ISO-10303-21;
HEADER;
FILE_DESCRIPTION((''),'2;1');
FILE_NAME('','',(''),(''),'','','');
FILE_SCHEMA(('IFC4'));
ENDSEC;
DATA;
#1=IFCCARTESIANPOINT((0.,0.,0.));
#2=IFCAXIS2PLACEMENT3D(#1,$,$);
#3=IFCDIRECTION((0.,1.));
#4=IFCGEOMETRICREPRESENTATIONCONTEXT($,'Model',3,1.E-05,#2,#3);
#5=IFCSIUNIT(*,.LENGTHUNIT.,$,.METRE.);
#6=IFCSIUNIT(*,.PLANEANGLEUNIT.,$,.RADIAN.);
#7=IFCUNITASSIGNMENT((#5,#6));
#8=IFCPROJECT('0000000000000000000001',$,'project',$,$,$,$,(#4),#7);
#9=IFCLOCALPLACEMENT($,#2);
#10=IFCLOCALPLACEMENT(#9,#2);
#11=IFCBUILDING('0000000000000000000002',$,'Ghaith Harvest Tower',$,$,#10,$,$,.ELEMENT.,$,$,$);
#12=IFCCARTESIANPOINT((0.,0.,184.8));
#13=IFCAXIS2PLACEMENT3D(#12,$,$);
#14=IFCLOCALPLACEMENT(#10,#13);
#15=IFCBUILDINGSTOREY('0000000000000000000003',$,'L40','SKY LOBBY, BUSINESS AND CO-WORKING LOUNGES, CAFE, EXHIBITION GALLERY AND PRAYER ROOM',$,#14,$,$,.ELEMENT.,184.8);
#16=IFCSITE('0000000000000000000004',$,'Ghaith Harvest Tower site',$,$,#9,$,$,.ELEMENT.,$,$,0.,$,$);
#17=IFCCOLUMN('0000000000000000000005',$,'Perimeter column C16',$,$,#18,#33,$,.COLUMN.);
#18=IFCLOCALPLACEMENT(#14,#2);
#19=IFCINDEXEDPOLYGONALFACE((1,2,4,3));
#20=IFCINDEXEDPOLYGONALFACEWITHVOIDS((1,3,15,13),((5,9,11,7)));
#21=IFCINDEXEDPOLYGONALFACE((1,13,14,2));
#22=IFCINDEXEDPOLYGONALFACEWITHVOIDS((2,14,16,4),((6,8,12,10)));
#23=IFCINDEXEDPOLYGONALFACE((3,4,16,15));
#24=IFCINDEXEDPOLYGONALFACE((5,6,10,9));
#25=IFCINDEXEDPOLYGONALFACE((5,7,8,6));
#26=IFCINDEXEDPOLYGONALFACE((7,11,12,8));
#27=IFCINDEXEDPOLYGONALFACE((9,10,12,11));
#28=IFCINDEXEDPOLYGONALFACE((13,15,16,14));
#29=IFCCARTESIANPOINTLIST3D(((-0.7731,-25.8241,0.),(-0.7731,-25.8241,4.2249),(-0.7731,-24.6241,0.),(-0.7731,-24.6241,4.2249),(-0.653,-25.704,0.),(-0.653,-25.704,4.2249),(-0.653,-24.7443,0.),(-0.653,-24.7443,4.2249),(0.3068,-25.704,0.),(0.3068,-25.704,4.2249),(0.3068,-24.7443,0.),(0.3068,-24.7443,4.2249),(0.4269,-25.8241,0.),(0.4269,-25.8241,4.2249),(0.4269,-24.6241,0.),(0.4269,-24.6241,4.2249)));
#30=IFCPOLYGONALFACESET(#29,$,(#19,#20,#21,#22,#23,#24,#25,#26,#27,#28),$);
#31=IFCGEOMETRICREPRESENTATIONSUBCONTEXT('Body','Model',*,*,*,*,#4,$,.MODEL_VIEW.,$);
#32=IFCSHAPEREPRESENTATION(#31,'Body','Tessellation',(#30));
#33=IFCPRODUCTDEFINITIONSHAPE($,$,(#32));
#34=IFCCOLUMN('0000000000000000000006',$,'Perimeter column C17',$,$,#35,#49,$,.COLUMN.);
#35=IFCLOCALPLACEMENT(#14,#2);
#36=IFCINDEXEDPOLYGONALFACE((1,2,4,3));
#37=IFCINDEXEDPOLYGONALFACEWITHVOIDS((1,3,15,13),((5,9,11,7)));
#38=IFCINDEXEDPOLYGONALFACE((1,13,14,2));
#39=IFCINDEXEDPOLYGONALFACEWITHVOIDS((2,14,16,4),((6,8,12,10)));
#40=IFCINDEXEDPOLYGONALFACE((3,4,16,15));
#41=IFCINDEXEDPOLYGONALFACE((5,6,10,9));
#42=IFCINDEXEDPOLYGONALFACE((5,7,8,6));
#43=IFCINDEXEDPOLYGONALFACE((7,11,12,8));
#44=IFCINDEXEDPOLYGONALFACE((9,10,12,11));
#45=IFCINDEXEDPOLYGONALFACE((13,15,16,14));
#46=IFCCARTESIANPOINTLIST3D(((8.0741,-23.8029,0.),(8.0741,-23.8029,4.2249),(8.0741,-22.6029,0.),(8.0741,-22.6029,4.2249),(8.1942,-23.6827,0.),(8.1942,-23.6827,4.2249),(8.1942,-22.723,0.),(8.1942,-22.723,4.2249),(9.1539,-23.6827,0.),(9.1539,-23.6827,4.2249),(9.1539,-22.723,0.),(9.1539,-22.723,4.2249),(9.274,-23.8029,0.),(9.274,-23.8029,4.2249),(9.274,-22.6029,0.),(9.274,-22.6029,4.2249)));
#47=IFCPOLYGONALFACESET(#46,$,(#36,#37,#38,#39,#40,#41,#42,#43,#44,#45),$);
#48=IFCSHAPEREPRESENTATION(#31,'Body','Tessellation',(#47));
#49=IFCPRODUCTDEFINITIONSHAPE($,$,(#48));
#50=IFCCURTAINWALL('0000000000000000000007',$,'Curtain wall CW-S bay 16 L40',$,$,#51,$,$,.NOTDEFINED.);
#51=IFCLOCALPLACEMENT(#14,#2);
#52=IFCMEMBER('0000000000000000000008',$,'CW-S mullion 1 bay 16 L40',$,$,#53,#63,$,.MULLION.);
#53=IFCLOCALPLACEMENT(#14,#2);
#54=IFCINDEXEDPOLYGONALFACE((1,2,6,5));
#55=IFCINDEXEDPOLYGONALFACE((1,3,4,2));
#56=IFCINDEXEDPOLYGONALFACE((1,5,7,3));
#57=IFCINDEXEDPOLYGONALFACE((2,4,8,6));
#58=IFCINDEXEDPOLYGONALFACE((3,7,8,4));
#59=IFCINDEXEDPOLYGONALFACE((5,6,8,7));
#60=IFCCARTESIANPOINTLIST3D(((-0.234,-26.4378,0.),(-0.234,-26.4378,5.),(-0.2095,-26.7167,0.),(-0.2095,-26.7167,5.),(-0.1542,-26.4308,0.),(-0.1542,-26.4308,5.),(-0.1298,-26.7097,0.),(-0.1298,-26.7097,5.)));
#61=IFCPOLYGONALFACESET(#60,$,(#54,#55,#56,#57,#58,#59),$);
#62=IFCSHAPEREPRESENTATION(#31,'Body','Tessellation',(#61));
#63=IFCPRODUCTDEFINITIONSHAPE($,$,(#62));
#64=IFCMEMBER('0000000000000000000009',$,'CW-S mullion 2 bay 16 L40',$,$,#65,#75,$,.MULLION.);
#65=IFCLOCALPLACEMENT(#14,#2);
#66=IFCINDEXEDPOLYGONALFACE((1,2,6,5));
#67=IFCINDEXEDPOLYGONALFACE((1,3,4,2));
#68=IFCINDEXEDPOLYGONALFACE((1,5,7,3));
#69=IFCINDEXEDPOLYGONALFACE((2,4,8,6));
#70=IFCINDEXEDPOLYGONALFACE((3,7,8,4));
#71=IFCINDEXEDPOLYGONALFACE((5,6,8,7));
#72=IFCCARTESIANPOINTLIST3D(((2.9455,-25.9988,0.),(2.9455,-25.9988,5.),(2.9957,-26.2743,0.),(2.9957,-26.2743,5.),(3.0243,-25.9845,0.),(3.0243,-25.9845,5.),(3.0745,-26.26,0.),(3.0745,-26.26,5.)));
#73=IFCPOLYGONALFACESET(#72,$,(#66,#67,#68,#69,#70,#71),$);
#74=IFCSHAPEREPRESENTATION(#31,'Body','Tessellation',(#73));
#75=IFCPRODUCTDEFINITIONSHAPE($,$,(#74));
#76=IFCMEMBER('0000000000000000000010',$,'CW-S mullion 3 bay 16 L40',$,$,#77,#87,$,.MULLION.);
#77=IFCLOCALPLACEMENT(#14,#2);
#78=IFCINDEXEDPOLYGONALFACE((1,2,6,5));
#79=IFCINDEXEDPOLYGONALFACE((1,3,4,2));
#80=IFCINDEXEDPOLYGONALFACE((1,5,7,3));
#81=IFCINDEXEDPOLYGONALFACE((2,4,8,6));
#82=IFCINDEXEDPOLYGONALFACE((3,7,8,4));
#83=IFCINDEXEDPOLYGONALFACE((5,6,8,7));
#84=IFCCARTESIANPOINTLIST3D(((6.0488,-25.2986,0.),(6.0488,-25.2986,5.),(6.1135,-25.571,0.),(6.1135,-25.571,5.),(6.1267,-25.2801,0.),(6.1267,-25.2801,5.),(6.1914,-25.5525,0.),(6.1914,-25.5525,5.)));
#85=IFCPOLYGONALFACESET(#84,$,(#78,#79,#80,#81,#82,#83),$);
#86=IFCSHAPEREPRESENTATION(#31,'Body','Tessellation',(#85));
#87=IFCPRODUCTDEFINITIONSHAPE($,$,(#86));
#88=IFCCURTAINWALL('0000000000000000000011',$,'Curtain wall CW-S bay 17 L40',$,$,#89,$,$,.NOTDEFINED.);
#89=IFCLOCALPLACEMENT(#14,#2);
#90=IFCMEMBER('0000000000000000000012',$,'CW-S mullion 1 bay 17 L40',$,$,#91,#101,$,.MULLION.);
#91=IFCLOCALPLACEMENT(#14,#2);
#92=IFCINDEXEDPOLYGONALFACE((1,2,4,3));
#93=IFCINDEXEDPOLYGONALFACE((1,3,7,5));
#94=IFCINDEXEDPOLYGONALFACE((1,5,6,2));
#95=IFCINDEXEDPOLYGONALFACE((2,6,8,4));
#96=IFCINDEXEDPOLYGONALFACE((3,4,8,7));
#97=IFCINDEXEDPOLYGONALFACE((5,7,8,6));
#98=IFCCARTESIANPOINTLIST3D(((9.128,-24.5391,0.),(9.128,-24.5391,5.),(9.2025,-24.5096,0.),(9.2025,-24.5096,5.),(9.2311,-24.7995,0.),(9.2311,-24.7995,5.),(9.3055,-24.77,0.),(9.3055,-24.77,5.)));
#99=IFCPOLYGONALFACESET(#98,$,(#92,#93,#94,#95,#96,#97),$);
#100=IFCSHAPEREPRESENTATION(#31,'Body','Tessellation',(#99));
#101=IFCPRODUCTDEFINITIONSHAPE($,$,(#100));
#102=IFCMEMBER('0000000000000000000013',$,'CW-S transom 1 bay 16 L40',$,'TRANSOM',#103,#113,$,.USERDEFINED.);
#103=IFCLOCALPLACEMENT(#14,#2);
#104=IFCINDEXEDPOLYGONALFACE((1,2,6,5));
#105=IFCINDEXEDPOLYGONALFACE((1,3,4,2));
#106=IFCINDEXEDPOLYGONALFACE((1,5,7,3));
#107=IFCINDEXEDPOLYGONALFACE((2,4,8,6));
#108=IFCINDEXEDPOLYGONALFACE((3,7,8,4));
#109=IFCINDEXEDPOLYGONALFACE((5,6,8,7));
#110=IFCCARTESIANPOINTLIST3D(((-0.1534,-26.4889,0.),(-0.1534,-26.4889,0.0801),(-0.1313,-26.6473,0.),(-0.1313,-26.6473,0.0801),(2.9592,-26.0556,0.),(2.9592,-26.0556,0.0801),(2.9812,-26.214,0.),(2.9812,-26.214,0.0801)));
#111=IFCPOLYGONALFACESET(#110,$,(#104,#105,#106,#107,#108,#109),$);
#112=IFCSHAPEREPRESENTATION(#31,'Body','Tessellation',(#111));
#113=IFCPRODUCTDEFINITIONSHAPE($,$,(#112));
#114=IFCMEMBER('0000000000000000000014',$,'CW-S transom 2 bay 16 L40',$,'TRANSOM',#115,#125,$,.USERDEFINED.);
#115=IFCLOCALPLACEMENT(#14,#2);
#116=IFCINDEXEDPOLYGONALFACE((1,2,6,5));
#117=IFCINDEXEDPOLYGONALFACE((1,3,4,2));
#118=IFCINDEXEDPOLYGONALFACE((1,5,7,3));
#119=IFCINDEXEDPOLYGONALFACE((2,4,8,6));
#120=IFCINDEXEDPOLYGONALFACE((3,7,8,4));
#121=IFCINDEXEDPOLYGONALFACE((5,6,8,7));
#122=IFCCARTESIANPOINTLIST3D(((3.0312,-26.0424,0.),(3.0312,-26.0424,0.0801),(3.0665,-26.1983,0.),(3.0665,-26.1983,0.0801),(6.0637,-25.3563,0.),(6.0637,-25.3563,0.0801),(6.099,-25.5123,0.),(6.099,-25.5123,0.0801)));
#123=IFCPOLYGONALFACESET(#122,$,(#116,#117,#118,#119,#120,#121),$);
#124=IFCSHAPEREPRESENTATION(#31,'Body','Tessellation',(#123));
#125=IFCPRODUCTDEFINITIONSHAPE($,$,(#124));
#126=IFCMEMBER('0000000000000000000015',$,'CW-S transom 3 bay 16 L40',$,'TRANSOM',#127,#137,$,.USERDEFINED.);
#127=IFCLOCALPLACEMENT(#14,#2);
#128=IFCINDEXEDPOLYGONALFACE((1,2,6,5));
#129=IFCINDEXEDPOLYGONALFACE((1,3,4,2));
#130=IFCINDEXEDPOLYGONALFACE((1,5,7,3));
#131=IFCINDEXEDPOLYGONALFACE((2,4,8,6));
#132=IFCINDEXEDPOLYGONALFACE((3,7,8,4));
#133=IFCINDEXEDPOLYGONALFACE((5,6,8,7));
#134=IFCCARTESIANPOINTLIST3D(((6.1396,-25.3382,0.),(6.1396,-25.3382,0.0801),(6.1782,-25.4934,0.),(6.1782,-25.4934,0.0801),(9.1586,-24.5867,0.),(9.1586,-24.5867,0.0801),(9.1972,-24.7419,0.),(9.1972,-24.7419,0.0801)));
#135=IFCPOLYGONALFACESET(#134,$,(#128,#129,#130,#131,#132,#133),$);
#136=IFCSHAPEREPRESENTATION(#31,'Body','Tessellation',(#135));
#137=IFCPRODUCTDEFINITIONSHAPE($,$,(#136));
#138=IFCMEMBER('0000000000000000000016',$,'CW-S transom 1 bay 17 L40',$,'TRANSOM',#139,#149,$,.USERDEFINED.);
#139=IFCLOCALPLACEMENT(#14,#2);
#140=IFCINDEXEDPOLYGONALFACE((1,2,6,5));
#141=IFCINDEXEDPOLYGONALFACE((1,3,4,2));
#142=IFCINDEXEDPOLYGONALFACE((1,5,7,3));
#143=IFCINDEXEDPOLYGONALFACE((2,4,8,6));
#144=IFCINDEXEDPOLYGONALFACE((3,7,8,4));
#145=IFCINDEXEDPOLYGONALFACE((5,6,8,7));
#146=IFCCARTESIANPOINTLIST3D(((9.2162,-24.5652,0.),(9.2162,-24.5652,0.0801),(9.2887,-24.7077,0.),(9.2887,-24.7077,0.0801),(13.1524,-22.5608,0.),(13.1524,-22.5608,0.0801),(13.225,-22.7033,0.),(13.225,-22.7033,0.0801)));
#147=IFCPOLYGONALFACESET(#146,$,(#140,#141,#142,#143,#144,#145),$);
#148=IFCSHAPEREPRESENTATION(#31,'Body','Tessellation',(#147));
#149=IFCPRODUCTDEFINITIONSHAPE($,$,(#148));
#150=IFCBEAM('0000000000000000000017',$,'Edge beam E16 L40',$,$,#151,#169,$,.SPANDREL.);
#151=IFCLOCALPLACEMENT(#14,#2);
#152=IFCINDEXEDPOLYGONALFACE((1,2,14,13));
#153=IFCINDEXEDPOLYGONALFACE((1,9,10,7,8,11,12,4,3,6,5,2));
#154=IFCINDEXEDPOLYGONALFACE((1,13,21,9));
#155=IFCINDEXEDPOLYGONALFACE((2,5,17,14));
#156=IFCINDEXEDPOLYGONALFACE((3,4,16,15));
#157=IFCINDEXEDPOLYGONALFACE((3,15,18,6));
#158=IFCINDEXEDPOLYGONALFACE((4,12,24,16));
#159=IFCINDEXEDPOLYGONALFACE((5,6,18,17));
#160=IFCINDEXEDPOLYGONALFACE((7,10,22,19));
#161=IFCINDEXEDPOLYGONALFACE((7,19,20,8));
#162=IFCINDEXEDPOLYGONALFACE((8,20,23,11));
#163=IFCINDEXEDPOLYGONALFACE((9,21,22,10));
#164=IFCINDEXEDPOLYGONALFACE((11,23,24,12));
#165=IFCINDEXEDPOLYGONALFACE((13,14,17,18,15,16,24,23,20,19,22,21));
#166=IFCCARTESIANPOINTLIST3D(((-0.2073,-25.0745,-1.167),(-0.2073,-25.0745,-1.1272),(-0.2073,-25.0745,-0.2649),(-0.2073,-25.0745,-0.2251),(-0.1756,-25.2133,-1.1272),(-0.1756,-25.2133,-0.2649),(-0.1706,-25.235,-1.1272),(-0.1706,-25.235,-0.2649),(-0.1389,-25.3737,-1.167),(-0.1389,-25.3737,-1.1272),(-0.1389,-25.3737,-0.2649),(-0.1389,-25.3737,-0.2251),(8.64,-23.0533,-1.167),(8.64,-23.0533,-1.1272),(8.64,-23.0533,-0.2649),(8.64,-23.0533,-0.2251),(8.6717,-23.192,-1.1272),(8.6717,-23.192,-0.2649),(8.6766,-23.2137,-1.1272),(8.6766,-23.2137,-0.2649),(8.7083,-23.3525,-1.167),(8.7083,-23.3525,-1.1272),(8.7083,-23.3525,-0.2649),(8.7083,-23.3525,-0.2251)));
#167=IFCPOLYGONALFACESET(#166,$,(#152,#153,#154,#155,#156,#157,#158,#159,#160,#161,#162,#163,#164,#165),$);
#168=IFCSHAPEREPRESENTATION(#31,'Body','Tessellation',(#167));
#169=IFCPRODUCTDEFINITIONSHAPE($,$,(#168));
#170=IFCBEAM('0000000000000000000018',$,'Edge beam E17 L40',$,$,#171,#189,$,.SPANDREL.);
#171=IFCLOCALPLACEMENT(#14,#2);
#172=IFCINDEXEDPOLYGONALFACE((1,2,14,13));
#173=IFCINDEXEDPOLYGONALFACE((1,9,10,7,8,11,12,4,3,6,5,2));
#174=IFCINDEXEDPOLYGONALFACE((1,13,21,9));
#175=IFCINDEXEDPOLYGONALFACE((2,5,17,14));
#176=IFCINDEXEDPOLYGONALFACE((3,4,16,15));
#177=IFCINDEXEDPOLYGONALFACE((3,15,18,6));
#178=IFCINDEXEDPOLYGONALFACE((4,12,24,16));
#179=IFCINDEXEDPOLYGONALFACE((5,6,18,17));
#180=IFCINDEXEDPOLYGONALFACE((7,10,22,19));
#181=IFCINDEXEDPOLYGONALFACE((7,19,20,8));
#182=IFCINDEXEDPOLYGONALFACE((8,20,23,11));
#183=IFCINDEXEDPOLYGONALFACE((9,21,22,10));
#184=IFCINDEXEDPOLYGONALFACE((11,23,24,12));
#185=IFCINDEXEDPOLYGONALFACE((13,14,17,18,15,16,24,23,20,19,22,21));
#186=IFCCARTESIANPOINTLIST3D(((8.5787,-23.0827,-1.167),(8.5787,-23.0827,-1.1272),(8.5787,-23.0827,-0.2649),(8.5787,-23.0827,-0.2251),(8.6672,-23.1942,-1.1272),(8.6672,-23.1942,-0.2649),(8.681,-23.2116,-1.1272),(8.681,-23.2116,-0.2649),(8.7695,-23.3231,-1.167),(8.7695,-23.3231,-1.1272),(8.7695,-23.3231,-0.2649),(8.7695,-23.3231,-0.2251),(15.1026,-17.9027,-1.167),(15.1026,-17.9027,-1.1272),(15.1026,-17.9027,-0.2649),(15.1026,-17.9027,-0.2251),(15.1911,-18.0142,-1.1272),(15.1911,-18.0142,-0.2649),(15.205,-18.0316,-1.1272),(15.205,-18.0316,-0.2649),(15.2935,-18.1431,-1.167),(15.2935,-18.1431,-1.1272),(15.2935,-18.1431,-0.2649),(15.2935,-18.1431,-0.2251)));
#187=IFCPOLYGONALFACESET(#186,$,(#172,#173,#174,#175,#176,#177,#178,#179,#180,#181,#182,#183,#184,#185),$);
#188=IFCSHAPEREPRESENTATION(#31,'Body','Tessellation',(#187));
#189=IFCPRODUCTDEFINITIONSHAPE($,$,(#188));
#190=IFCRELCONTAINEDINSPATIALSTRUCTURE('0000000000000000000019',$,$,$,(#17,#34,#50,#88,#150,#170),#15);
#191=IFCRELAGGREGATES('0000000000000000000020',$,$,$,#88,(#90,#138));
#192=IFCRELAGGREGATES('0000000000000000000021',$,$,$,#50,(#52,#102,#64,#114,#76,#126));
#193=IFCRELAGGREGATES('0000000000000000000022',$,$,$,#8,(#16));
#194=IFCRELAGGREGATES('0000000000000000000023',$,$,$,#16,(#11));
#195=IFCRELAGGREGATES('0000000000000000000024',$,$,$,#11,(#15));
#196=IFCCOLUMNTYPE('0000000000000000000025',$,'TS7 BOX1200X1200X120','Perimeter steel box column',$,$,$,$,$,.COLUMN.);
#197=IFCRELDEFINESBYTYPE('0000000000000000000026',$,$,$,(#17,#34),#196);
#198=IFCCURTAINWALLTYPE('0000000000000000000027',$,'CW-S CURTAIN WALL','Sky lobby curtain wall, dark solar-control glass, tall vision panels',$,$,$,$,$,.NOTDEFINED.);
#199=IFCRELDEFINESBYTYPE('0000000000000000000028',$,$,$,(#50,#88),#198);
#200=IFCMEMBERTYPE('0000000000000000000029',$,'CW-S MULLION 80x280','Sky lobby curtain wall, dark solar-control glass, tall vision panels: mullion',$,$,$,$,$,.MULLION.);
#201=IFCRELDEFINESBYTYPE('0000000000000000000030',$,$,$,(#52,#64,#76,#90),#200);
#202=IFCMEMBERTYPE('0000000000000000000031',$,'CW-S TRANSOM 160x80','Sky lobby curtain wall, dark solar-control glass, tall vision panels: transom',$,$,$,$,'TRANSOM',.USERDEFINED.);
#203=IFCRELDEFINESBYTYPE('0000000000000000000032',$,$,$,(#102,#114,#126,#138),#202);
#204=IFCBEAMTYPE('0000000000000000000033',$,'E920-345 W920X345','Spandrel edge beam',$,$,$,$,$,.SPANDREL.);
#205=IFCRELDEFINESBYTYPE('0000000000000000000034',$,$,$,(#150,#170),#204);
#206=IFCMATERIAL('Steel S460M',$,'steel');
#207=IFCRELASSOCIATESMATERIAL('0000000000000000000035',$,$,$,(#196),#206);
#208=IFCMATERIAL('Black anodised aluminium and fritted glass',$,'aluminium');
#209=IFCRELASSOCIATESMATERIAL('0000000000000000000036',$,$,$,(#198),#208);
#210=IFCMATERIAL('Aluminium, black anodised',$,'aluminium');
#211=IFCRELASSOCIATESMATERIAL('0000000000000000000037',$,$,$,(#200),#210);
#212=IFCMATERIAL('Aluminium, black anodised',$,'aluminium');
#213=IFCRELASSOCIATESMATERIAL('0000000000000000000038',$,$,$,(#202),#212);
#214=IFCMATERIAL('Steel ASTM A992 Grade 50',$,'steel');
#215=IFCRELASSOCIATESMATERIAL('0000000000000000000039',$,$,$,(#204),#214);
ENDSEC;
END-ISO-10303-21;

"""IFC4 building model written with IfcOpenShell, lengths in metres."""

from ifc_helpers import new_model, si_unit, direction, frame, origin, origin_2d, place, context, subcontext, project, spatial, rectangle, hollow_rectangle, i_section, extrude, material, material_profile, profile_set, type_object, element, aggregate, save


model = new_model("IFC4")

# Units and contexts
model_context = context("Model", 3, precision=1e-05, world=origin(), true_north=direction((0.0, 1.0)))
body_context = subcontext(model_context, "Body", "Model", "MODEL_VIEW")
ifc_project = project(units=[si_unit("LENGTHUNIT", "METRE"), si_unit("PLANEANGLEUNIT", "RADIAN")], contexts=[model_context])

# Site, building, storey
site_placement = place(None, origin())
site = spatial("IfcSite", under=ifc_project, at=site_placement, Name="Ghaith Harvest Tower site", CompositionType="ELEMENT", RefElevation=0.0)
building_placement = place(site_placement, origin())
building = spatial("IfcBuilding", under=site, at=building_placement, Name="Ghaith Harvest Tower", CompositionType="ELEMENT")
storey_placement = place(building_placement, frame((0.0, 0.0, 184.8)))
storey = spatial("IfcBuildingStorey", under=building, at=storey_placement, Name="L40", Description="SKY LOBBY, BUSINESS AND CO-WORKING LOUNGES, CAFE, EXHIBITION GALLERY AND PRAYER ROOM", CompositionType="ELEMENT", Elevation=184.8)

# Columns
ifc_material_1 = material(Name="Steel S460M", Category="steel")
ifc_material_profile_1 = material_profile(ifc_material_1, hollow_rectangle(XDim=1.2, YDim=1.2, WallThickness=0.1201, at=origin_2d()), Name="BOX1200X1200X120")
ifc_profile_set_1 = profile_set([ifc_material_profile_1], Name="Steel S460M")
column_type = type_object("IfcColumnType", Name="TS7 BOX1200X1200X120", Description="Perimeter steel box column", PredefinedType="COLUMN", material=ifc_profile_set_1)
for number, where, z_axis, x_axis, name in (
    (1, (-0.1731, -25.2241, 0.0), (0.0, 0.0, 1.0), (1.0, 0.0, 0.0), "Perimeter column C16"),
    (2, (8.6741, -23.2029, 0.0), (0.0, 0.0, 1.0), (1.0, 0.0, 0.0), "Perimeter column C17"),
):
    element("IfcColumn", number, at=place(storey_placement, frame(where, z_axis=z_axis, x_axis=x_axis)), inside=storey, type_object=column_type, Name=name, PredefinedType="COLUMN", context=body_context, shape_type="SweptSolid", body=[
        extrude(hollow_rectangle(XDim=1.2, YDim=1.2, WallThickness=0.1201, at=origin_2d()), origin(), (0.0, 0.0, 1.0), 4.2249),
    ])

# Curtain wall, members
ifc_material_2 = material(Name="Black anodised aluminium and fritted glass", Category="aluminium")
curtain_wall_type = type_object("IfcCurtainWallType", Name="CW-S CURTAIN WALL", Description="Sky lobby curtain wall, dark solar-control glass, tall vision panels", PredefinedType="NOTDEFINED", material=ifc_material_2)
curtain_wall_1_placement = place(storey_placement, origin())
curtain_wall_1 = element("IfcCurtainWall", 3, at=curtain_wall_1_placement, inside=storey, type_object=curtain_wall_type, Name="Curtain wall CW-S bay 16 L40", PredefinedType="NOTDEFINED")
ifc_material_3 = material(Name="Aluminium, black anodised", Category="aluminium")
ifc_material_profile_2 = material_profile(ifc_material_3, rectangle(XDim=0.0801, YDim=0.28, at=origin_2d()), Name="CW-S MULLION 80x280")
ifc_profile_set_2 = profile_set([ifc_material_profile_2], Name="Aluminium, black anodised")
member_type_1 = type_object("IfcMemberType", Name="CW-S MULLION 80x280", Description="Sky lobby curtain wall, dark solar-control glass, tall vision panels: mullion", PredefinedType="MULLION", material=ifc_profile_set_2)
member_1_placement = place(storey_placement, frame((-0.1819, -26.5737, 0.0), z_axis=(0.0, 0.0, 1.0), x_axis=(0.996169, 0.087446, 0.0)))
member_1 = element("IfcMember", 4, at=member_1_placement, type_object=member_type_1, Name="CW-S mullion 1 bay 16 L40", PredefinedType="MULLION", context=body_context, shape_type="SweptSolid", body=[
    extrude(rectangle(XDim=0.0801, YDim=0.28, at=origin_2d()), origin(), (0.0, 0.0, 1.0), 5.0),
])
member_2_placement = place(storey_placement, frame((3.01, -26.1294, 0.0), z_axis=(0.0, 0.0, 1.0), x_axis=(0.983806, 0.179235, 0.0)))
member_2 = element("IfcMember", 5, at=member_2_placement, type_object=member_type_1, Name="CW-S mullion 2 bay 16 L40", PredefinedType="MULLION", context=body_context, shape_type="SweptSolid", body=[
    extrude(rectangle(XDim=0.0801, YDim=0.28, at=origin_2d()), origin(), (0.0, 0.0, 1.0), 5.0),
])
member_3_placement = place(storey_placement, frame((6.1201, -25.4255, 0.0), z_axis=(0.0, 0.0, 1.0), x_axis=(0.972918, 0.23115, 0.0)))
member_3 = element("IfcMember", 6, at=member_3_placement, type_object=member_type_1, Name="CW-S mullion 3 bay 16 L40", PredefinedType="MULLION", context=body_context, shape_type="SweptSolid", body=[
    extrude(rectangle(XDim=0.0801, YDim=0.28, at=origin_2d()), origin(), (0.0, 0.0, 1.0), 5.0),
])

# Curtain wall, member
curtain_wall_2_placement = place(storey_placement, origin())
curtain_wall_2 = element("IfcCurtainWall", 7, at=curtain_wall_2_placement, inside=storey, type_object=curtain_wall_type, Name="Curtain wall CW-S bay 17 L40", PredefinedType="NOTDEFINED")
member_4_placement = place(storey_placement, frame((9.2168, -24.6545, 0.0), z_axis=(0.0, 0.0, 1.0), x_axis=(0.929832, 0.367985, 0.0)))
member_4 = element("IfcMember", 8, at=member_4_placement, type_object=member_type_1, Name="CW-S mullion 1 bay 17 L40", PredefinedType="MULLION", context=body_context, shape_type="SweptSolid", body=[
    extrude(rectangle(XDim=0.0801, YDim=0.28, at=origin_2d()), origin(), (0.0, 0.0, 1.0), 5.0),
])

# Members
ifc_material_4 = material(Name="Aluminium, black anodised", Category="aluminium")
ifc_material_profile_3 = material_profile(ifc_material_4, rectangle(XDim=0.1599, YDim=0.0801, at=origin_2d()), Name="CW-S TRANSOM 160x80")
ifc_profile_set_3 = profile_set([ifc_material_profile_3], Name="Aluminium, black anodised")
member_type_2 = type_object("IfcMemberType", Name="CW-S TRANSOM 160x80", Description="Sky lobby curtain wall, dark solar-control glass, tall vision panels: transom", ElementType="TRANSOM", PredefinedType="USERDEFINED", material=ifc_profile_set_3)
member_5_placement = place(storey_placement, frame((-0.1423, -26.5681, 0.04), z_axis=(0.990447, 0.137897, 0.0), x_axis=(-0.137897, 0.990447, 0.0)))
member_5 = element("IfcMember", 9, at=member_5_placement, type_object=member_type_2, Name="CW-S transom 1 bay 16 L40", ObjectType="TRANSOM", PredefinedType="USERDEFINED", context=body_context, shape_type="SweptSolid", body=[
    extrude(rectangle(XDim=0.1599, YDim=0.0801, at=origin_2d()), origin(), (0.0, 0.0, 1.0), 3.1426),
])
member_6_placement = place(storey_placement, frame((3.0488, -26.1204, 0.04), z_axis=(0.975352, 0.220654, 0.0), x_axis=(-0.220654, 0.975352, 0.0)))
member_6 = element("IfcMember", 10, at=member_6_placement, type_object=member_type_2, Name="CW-S transom 2 bay 16 L40", ObjectType="TRANSOM", PredefinedType="USERDEFINED", context=body_context, shape_type="SweptSolid", body=[
    extrude(rectangle(XDim=0.1599, YDim=0.0801, at=origin_2d()), origin(), (0.0, 0.0, 1.0), 3.1091),
])
member_7_placement = place(storey_placement, frame((6.1589, -25.4158, 0.04), z_axis=(0.970391, 0.241538, 0.0), x_axis=(-0.241538, 0.970391, 0.0)))
member_7 = element("IfcMember", 11, at=member_7_placement, type_object=member_type_2, Name="CW-S transom 3 bay 16 L40", ObjectType="TRANSOM", PredefinedType="USERDEFINED", context=body_context, shape_type="SweptSolid", body=[
    extrude(rectangle(XDim=0.1599, YDim=0.0801, at=origin_2d()), origin(), (0.0, 0.0, 1.0), 3.1111),
])
member_8_placement = place(storey_placement, frame((9.2524, -24.6365, 0.04), z_axis=(0.89112, 0.453768, 0.0), x_axis=(-0.453768, 0.89112, 0.0)))
member_8 = element("IfcMember", 12, at=member_8_placement, type_object=member_type_2, Name="CW-S transom 1 bay 17 L40", ObjectType="TRANSOM", PredefinedType="USERDEFINED", context=body_context, shape_type="SweptSolid", body=[
    extrude(rectangle(XDim=0.1599, YDim=0.0801, at=origin_2d()), origin(), (0.0, 0.0, 1.0), 4.4172),
])
aggregate(curtain_wall_2, [member_4, member_8])

# Beams
ifc_material_5 = material(Name="Steel ASTM A992 Grade 50", Category="steel")
ifc_material_profile_4 = material_profile(ifc_material_5, i_section(OverallWidth=0.3069, OverallDepth=0.9419, WebThickness=0.0222, FlangeThickness=0.0398, at=origin_2d()), Name="W920X345")
ifc_profile_set_4 = profile_set([ifc_material_profile_4], Name="Steel ASTM A992 Grade 50")
beam_type_1 = type_object("IfcBeamType", Name="E920-345 W920X345", Description="Spandrel edge beam", PredefinedType="SPANDREL", material=ifc_profile_set_4)
beam_1_placement = place(storey_placement, frame((-0.1731, -25.2241, -0.696), z_axis=(0.974882, 0.222723, 0.0), x_axis=(-0.222723, 0.974882, 0.0)))
element("IfcBeam", 13, at=beam_1_placement, inside=storey, type_object=beam_type_1, Name="Edge beam E16 L40", PredefinedType="SPANDREL", context=body_context, shape_type="SweptSolid", body=[
    extrude(i_section(OverallWidth=0.3069, OverallDepth=0.9419, WebThickness=0.0222, FlangeThickness=0.0398, at=origin_2d()), origin(), (0.0, 0.0, 1.0), 9.0752),
])
beam_2_placement = place(storey_placement, frame((8.6741, -23.2029, -0.696), z_axis=(0.78316, 0.621821, 0.0), x_axis=(-0.621821, 0.78316, 0.0)))
element("IfcBeam", 14, at=beam_2_placement, inside=storey, type_object=beam_type_1, Name="Edge beam E17 L40", PredefinedType="SPANDREL", context=body_context, shape_type="SweptSolid", body=[
    extrude(i_section(OverallWidth=0.3069, OverallDepth=0.9419, WebThickness=0.0222, FlangeThickness=0.0398, at=origin_2d()), origin(), (0.0, 0.0, 1.0), 8.3303),
])

aggregate(curtain_wall_1, [member_1, member_5, member_2, member_6, member_3, member_7])

save(model, "model.ifc")
